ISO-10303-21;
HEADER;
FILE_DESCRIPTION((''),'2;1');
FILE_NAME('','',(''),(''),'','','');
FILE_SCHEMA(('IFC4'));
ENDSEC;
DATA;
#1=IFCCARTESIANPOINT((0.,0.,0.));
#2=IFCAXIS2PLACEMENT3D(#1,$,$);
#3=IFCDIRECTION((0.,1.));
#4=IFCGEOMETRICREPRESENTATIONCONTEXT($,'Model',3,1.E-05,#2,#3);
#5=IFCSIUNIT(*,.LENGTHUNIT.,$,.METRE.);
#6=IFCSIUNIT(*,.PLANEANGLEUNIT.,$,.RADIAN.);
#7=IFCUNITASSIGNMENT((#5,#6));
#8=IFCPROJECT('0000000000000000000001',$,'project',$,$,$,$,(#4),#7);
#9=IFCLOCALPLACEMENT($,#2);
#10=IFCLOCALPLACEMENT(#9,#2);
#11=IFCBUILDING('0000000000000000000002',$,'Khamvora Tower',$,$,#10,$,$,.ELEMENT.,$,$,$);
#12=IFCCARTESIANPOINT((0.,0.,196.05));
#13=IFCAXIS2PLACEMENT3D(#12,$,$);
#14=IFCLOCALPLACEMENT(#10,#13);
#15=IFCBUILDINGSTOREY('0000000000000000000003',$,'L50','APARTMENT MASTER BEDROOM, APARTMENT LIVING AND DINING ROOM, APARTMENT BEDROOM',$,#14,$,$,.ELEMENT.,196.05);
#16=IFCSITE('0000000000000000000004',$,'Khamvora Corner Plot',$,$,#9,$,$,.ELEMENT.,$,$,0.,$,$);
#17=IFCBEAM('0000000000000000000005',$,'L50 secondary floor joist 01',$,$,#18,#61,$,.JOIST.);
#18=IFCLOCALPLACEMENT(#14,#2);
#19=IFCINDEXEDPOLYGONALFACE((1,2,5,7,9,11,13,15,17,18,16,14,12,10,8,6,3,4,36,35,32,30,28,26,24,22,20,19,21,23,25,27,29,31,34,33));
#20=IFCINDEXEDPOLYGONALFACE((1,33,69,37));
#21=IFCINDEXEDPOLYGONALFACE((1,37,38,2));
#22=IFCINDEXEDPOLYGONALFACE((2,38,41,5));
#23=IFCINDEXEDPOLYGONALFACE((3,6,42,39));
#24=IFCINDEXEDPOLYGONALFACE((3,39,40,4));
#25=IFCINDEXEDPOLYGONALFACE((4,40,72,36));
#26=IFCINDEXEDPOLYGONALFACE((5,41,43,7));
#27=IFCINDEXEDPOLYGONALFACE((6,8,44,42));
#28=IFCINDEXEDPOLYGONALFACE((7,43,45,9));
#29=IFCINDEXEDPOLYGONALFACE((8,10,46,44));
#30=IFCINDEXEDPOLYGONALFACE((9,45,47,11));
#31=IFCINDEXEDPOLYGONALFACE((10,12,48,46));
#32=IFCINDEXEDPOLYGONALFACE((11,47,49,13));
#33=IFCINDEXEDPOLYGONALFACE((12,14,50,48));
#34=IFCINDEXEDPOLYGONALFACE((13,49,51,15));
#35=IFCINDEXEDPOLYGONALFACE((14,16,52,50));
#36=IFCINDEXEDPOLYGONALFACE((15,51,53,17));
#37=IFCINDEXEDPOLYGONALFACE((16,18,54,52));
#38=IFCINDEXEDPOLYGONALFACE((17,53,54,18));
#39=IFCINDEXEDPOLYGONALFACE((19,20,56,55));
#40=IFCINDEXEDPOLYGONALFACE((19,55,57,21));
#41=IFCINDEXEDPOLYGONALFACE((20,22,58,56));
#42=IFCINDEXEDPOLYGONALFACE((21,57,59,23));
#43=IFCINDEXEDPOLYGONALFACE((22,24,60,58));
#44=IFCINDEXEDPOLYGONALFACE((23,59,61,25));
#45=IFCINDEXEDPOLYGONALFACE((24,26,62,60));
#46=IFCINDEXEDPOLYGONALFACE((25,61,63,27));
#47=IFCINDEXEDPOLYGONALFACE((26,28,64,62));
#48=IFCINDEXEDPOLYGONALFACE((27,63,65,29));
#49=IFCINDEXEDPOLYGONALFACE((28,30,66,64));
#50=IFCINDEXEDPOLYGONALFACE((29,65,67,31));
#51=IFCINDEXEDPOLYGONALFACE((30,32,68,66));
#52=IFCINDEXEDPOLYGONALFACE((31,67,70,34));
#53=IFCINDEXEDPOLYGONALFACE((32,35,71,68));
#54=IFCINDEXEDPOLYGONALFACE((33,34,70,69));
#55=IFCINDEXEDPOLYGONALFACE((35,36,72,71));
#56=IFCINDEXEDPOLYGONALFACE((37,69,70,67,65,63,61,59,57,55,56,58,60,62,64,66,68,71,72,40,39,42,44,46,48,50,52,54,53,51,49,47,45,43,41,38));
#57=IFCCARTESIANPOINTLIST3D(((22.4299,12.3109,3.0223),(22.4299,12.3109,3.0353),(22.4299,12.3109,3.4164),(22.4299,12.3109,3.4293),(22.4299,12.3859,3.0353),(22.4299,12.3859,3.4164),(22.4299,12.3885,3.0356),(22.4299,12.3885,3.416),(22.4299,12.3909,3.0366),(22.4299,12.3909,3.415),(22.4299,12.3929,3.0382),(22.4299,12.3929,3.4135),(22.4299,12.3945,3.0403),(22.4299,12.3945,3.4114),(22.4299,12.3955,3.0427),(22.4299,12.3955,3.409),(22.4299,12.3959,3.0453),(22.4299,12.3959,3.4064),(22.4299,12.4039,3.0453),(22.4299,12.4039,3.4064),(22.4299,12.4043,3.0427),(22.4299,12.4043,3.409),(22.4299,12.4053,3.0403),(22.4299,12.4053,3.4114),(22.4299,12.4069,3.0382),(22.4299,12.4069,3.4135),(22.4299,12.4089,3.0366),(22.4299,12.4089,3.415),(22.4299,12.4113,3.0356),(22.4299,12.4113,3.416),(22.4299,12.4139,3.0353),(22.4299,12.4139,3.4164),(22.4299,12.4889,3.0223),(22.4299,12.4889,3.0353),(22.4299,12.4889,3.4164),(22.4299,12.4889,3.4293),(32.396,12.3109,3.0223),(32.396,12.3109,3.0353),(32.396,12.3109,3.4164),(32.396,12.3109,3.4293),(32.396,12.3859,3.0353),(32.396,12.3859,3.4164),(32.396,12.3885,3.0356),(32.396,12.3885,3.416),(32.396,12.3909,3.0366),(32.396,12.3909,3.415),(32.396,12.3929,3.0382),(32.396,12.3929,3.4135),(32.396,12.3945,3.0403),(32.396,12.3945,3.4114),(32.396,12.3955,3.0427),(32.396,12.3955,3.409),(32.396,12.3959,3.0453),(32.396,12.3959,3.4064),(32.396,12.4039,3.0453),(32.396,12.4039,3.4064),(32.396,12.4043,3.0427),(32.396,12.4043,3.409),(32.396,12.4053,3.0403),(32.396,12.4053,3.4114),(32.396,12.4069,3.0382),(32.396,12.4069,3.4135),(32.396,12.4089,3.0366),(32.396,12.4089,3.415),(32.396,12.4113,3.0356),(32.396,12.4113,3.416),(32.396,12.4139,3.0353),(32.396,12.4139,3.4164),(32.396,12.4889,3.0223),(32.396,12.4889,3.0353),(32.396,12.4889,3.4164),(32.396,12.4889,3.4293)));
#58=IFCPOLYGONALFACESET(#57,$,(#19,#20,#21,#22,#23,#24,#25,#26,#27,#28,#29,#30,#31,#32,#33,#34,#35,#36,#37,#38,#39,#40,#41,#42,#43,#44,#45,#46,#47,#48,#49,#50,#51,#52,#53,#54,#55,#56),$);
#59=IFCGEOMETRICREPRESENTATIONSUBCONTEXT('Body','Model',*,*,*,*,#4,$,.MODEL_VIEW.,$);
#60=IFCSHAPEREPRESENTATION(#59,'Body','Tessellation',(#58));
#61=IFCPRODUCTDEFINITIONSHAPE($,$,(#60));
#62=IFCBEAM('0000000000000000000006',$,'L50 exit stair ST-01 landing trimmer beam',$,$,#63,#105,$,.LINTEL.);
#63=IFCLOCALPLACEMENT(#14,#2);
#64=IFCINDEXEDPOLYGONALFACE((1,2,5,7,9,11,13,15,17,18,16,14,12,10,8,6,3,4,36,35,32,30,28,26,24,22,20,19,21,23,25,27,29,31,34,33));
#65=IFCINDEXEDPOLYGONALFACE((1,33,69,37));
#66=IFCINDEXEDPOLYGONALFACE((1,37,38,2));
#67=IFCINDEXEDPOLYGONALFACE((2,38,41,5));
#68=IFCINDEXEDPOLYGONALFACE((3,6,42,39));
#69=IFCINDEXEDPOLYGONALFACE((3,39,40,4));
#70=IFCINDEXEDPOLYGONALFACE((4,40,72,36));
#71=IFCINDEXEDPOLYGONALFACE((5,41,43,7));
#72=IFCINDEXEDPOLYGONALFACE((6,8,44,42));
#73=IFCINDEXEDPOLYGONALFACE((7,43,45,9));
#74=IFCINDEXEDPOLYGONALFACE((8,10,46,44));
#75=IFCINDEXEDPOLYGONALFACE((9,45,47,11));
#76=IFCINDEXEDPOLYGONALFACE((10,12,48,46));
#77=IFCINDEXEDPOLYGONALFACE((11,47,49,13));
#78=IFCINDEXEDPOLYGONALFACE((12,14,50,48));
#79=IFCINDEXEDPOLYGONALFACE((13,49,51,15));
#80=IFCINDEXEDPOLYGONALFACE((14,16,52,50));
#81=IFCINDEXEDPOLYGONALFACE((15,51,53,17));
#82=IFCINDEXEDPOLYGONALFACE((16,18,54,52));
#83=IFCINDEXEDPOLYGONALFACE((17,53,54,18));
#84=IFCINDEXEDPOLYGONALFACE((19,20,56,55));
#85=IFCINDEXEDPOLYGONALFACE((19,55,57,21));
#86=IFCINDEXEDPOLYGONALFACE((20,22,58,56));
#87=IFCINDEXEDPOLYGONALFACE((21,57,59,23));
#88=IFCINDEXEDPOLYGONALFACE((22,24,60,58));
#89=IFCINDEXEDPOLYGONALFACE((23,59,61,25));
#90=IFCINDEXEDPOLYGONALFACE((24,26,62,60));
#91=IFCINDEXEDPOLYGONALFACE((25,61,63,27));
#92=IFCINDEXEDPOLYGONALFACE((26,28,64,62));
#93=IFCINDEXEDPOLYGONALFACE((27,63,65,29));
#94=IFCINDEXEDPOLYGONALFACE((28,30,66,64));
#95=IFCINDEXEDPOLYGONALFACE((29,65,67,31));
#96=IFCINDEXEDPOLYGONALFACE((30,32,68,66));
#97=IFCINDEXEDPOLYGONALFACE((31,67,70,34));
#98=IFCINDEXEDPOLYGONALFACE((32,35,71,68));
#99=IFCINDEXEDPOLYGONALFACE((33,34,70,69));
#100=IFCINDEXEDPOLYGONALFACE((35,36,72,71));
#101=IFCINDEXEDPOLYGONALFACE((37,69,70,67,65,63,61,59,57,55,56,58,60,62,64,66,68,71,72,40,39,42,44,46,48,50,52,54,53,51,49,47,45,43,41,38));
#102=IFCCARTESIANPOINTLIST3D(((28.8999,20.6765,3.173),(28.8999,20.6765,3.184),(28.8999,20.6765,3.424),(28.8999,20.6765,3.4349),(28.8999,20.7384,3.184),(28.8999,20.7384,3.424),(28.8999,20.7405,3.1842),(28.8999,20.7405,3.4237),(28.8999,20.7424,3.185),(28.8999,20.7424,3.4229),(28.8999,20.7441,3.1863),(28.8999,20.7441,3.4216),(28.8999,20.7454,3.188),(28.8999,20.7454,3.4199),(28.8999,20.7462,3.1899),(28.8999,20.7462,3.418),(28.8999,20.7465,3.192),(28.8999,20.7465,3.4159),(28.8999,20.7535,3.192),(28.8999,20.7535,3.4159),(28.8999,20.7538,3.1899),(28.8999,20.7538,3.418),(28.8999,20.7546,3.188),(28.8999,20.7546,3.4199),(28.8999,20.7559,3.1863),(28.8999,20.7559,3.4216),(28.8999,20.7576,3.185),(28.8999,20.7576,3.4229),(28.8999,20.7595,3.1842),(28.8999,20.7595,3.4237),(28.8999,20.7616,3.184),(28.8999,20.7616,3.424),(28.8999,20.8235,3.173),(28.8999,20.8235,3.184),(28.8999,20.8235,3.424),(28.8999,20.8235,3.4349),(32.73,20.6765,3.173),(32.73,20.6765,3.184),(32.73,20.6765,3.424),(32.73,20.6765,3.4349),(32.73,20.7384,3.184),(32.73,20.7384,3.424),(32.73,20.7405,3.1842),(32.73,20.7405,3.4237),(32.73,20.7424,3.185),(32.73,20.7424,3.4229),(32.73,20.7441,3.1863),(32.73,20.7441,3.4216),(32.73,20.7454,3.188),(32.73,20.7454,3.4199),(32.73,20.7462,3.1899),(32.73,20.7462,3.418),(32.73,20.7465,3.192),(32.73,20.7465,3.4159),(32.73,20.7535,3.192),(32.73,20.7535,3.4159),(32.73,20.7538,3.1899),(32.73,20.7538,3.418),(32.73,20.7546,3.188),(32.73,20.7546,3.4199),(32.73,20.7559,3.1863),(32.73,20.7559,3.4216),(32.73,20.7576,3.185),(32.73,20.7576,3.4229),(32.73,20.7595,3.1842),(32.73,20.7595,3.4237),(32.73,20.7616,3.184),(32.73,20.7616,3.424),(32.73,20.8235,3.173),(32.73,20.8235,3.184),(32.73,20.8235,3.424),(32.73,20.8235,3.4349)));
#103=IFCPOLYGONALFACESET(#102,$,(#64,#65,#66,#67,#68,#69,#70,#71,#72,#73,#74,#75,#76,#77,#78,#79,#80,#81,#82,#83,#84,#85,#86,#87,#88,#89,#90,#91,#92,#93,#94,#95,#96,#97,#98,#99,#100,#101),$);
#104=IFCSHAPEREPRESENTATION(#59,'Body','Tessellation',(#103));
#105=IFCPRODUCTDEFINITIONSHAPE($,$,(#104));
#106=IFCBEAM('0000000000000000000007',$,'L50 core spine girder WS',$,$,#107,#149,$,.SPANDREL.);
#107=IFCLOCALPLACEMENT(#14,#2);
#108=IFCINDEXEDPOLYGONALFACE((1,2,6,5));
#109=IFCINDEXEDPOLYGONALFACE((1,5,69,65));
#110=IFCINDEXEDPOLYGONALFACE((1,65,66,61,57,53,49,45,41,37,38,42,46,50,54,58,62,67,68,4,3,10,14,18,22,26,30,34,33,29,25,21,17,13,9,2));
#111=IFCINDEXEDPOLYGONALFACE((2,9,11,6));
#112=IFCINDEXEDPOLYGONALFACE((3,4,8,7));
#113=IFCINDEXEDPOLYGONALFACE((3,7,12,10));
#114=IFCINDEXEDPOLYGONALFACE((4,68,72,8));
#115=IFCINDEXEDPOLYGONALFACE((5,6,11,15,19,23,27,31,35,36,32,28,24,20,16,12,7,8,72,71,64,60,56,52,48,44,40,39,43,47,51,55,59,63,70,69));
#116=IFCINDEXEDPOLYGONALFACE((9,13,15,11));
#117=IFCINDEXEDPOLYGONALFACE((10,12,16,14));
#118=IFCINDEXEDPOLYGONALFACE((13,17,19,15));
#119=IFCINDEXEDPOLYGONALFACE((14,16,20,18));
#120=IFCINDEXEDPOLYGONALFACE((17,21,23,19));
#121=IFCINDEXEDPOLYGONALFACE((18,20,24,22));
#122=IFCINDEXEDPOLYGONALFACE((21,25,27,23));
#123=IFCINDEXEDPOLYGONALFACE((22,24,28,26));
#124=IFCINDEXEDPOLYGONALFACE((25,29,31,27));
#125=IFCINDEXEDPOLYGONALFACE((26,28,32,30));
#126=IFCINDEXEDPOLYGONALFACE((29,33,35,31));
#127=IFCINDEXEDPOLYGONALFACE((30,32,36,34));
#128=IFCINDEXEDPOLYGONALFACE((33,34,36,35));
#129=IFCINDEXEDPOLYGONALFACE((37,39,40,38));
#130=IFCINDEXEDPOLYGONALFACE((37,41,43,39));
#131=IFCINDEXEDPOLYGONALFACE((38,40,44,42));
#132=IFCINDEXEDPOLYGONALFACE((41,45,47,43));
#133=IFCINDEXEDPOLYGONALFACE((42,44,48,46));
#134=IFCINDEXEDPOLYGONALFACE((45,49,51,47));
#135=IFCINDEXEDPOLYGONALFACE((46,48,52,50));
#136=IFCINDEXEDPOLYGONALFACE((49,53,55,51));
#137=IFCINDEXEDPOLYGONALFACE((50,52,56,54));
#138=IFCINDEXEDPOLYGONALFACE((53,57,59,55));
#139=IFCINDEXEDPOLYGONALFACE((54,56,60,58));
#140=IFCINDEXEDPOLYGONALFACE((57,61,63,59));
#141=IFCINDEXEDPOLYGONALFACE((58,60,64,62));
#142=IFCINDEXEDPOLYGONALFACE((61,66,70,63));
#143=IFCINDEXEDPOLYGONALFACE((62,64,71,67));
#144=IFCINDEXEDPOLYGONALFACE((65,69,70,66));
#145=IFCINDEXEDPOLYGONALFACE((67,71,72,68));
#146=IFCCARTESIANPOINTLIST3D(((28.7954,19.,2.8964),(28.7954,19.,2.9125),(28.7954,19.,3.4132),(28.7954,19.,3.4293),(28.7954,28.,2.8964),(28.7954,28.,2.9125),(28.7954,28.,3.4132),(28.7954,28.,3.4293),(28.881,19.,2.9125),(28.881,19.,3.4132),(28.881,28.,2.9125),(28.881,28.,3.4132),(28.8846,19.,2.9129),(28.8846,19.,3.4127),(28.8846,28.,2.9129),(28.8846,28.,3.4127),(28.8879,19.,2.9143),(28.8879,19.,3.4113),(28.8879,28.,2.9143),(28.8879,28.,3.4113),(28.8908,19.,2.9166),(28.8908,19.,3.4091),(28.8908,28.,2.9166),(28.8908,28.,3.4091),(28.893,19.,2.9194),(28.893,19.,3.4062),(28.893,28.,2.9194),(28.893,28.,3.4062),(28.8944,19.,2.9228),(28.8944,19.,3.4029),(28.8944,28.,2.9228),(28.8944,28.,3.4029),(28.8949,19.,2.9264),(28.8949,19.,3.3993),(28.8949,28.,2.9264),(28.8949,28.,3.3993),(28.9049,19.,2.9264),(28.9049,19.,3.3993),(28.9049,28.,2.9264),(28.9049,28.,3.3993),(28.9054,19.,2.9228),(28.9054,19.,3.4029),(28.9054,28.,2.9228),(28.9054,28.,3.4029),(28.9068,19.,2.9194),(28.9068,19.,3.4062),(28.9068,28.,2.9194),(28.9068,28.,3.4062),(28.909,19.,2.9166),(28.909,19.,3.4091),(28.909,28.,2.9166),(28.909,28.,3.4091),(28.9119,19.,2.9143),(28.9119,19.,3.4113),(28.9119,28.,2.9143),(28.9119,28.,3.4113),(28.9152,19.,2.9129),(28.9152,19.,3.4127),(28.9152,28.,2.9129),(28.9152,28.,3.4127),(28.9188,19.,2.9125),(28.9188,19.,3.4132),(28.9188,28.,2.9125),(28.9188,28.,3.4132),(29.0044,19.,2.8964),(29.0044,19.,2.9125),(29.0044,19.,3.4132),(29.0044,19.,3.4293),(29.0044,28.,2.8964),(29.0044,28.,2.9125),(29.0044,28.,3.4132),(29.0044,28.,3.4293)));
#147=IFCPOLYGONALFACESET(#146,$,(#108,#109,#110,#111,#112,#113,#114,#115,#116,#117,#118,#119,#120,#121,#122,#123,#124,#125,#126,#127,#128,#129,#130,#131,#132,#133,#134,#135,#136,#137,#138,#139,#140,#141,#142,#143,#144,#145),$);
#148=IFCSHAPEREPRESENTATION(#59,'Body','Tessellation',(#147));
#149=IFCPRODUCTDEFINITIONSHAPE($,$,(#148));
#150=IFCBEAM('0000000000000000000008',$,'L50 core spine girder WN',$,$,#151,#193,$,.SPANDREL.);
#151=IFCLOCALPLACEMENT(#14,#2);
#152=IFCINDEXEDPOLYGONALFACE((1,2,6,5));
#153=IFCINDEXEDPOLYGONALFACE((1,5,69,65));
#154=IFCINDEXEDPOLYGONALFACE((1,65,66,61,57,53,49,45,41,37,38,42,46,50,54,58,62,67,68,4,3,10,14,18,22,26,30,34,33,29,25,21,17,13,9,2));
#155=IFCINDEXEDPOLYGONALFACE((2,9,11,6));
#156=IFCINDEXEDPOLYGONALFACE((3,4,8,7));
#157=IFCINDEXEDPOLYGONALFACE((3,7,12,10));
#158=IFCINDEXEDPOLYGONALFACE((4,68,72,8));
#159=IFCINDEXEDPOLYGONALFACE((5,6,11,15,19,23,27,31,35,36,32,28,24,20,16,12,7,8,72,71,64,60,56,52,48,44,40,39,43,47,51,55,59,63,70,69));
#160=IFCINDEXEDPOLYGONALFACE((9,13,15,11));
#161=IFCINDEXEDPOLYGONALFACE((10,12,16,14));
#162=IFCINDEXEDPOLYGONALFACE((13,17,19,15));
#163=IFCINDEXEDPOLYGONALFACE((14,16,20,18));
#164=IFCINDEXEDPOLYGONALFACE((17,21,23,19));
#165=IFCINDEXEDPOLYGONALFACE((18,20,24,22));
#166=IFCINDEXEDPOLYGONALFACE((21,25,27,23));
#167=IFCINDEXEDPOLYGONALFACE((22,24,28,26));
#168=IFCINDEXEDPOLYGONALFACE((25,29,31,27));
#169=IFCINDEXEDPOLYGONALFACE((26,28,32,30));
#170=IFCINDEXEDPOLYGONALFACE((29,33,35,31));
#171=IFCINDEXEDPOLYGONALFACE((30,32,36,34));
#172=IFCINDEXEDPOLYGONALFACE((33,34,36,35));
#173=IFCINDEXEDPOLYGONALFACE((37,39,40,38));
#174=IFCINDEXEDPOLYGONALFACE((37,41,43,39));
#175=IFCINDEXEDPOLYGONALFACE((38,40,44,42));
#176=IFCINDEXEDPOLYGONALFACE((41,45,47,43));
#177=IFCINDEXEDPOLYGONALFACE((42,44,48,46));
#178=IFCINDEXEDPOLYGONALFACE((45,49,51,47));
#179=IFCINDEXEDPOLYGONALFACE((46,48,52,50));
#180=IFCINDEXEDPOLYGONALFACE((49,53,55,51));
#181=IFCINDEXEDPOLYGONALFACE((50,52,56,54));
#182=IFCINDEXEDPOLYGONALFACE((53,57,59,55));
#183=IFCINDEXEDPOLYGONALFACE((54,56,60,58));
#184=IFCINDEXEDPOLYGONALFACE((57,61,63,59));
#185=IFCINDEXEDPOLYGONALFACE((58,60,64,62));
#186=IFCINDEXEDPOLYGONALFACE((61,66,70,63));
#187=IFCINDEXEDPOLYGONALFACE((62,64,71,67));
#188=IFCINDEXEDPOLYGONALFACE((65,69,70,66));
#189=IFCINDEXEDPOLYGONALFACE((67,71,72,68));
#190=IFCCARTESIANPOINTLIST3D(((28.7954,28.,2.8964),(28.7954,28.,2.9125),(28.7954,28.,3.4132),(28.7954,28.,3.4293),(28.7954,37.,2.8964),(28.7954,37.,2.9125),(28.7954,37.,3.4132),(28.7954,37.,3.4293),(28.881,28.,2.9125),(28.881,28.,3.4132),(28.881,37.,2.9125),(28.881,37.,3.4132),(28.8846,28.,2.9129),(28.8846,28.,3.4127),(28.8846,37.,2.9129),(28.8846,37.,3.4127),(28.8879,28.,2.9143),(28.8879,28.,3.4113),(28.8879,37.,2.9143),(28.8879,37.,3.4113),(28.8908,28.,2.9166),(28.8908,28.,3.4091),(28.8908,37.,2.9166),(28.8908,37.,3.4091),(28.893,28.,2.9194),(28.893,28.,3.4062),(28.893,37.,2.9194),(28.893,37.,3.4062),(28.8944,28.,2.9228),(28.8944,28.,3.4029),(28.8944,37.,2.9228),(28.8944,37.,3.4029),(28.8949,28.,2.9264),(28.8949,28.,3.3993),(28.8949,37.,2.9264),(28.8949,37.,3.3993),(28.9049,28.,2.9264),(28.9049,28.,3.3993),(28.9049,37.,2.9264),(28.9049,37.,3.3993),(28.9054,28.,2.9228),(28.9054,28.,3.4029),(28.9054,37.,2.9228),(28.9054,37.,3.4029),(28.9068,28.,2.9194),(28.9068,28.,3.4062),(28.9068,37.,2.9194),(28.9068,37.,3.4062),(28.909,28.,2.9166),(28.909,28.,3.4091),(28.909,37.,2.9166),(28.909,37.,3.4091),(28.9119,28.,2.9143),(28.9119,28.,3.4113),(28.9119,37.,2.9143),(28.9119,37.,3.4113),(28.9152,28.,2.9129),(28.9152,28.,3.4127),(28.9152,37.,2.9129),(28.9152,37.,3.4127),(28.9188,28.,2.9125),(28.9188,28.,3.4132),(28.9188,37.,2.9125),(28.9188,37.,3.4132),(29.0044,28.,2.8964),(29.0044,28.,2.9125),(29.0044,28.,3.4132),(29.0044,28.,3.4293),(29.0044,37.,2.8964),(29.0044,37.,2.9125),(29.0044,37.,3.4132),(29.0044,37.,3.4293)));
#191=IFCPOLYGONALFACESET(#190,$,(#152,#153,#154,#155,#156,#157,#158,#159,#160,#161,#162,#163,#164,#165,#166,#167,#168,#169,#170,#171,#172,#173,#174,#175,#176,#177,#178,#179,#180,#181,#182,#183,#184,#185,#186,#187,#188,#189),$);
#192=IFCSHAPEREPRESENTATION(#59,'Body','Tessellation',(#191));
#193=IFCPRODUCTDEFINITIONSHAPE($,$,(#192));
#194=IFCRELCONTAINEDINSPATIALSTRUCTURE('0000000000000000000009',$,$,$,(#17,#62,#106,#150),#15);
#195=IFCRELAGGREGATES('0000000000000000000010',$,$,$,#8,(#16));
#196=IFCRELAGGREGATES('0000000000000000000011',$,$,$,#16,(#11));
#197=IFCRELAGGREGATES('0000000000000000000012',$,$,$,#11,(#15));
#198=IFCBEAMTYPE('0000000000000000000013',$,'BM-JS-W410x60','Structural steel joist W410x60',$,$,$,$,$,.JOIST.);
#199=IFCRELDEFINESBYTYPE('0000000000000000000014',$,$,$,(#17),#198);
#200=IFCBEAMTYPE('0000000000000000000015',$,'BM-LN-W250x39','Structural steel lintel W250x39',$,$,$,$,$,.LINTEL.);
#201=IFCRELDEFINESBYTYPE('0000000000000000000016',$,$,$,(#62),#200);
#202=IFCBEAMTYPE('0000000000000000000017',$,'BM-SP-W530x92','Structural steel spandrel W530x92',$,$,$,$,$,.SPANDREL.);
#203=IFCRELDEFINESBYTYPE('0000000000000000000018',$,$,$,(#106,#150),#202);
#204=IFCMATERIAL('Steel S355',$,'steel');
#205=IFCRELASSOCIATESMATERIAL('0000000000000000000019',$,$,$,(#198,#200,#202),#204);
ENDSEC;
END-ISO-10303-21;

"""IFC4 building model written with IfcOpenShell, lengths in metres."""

from ifc_helpers import new_model, si_unit, direction, frame, origin, origin_2d, place, context, subcontext, project, spatial, i_section, extrude, material, material_profile, profile_set, type_object, element, save


model = new_model("IFC4")

# Units and contexts
model_context = context("Model", 3, precision=1e-05, world=origin(), true_north=direction((0.0, 1.0)))
body_context = subcontext(model_context, "Body", "Model", "MODEL_VIEW")
ifc_project = project(units=[si_unit("LENGTHUNIT", "METRE"), si_unit("PLANEANGLEUNIT", "RADIAN")], contexts=[model_context])

# Site, building, storey
site_placement = place(None, origin())
site = spatial("IfcSite", under=ifc_project, at=site_placement, Name="Khamvora Corner Plot", CompositionType="ELEMENT", RefElevation=0.0)
building_placement = place(site_placement, origin())
building = spatial("IfcBuilding", under=site, at=building_placement, Name="Khamvora Tower", CompositionType="ELEMENT")
storey_placement = place(building_placement, frame((0.0, 0.0, 196.05)))
storey = spatial("IfcBuildingStorey", under=building, at=storey_placement, Name="L50", Description="APARTMENT MASTER BEDROOM, APARTMENT LIVING AND DINING ROOM, APARTMENT BEDROOM", CompositionType="ELEMENT", Elevation=196.05)

# Beams
ifc_material_1 = material(Name="Steel S355", Category="steel")
ifc_material_profile_1 = material_profile(ifc_material_1, i_section(OverallWidth=0.178, OverallDepth=0.407, WebThickness=0.0081, FlangeThickness=0.0129, FilletRadius=0.01, at=origin_2d()), Name="W410x60")
ifc_profile_set_1 = profile_set([ifc_material_profile_1], Name="Steel S355")
beam_type_1 = type_object("IfcBeamType", Name="BM-JS-W410x60", Description="Structural steel joist W410x60", PredefinedType="JOIST", material=ifc_profile_set_1)
beam_1_placement = place(storey_placement, frame((22.4299, 12.3999, 3.2258), z_axis=(1.0, 0.0, 0.0), x_axis=(0.0, 1.0, 0.0)))
element("IfcBeam", 1, at=beam_1_placement, inside=storey, type_object=beam_type_1, Name="L50 secondary floor joist 01", PredefinedType="JOIST", context=body_context, shape_type="SweptSolid", body=[
    extrude(i_section(OverallWidth=0.178, OverallDepth=0.407, WebThickness=0.0081, FlangeThickness=0.0129, FilletRadius=0.01, at=origin_2d()), origin(), (0.0, 0.0, 1.0), 9.9661),
])
ifc_material_profile_2 = material_profile(ifc_material_1, i_section(OverallWidth=0.147, OverallDepth=0.262, WebThickness=0.0071, FlangeThickness=0.011, FilletRadius=0.0081, at=origin_2d()), Name="W250x39")
ifc_profile_set_2 = profile_set([ifc_material_profile_2], Name="Steel S355")
beam_type_2 = type_object("IfcBeamType", Name="BM-LN-W250x39", Description="Structural steel lintel W250x39", PredefinedType="LINTEL", material=ifc_profile_set_2)
beam_2_placement = place(storey_placement, frame((28.8999, 20.75, 3.304), z_axis=(1.0, 0.0, 0.0), x_axis=(0.0, 1.0, 0.0)))
element("IfcBeam", 2, at=beam_2_placement, inside=storey, type_object=beam_type_2, Name="L50 exit stair ST-01 landing trimmer beam", PredefinedType="LINTEL", context=body_context, shape_type="SweptSolid", body=[
    extrude(i_section(OverallWidth=0.147, OverallDepth=0.262, WebThickness=0.0071, FlangeThickness=0.011, FilletRadius=0.0081, at=origin_2d()), origin(), (0.0, 0.0, 1.0), 3.8301),
])
ifc_material_profile_3 = material_profile(ifc_material_1, i_section(OverallWidth=0.209, OverallDepth=0.533, WebThickness=0.01, FlangeThickness=0.0161, FilletRadius=0.0139, at=origin_2d()), Name="W530x92")
ifc_profile_set_3 = profile_set([ifc_material_profile_3], Name="Steel S355")
beam_type_3 = type_object("IfcBeamType", Name="BM-SP-W530x92", Description="Structural steel spandrel W530x92", PredefinedType="SPANDREL", material=ifc_profile_set_3)
for number, where, z_axis, x_axis, name in (
    (3, (28.8999, 19.0, 3.1628), (0.0, 1.0, 0.0), (-1.0, 0.0, 0.0), "L50 core spine girder WS"),
    (4, (28.8999, 28.0, 3.1628), (0.0, 1.0, 0.0), (-1.0, 0.0, 0.0), "L50 core spine girder WN"),
):
    element("IfcBeam", number, at=place(storey_placement, frame(where, z_axis=z_axis, x_axis=x_axis)), inside=storey, type_object=beam_type_3, Name=name, PredefinedType="SPANDREL", context=body_context, shape_type="SweptSolid", body=[
        extrude(i_section(OverallWidth=0.209, OverallDepth=0.533, WebThickness=0.01, FlangeThickness=0.0161, FilletRadius=0.0139, at=origin_2d()), origin(), (0.0, 0.0, 1.0), 9.0),
    ])

save(model, "model.ifc")
